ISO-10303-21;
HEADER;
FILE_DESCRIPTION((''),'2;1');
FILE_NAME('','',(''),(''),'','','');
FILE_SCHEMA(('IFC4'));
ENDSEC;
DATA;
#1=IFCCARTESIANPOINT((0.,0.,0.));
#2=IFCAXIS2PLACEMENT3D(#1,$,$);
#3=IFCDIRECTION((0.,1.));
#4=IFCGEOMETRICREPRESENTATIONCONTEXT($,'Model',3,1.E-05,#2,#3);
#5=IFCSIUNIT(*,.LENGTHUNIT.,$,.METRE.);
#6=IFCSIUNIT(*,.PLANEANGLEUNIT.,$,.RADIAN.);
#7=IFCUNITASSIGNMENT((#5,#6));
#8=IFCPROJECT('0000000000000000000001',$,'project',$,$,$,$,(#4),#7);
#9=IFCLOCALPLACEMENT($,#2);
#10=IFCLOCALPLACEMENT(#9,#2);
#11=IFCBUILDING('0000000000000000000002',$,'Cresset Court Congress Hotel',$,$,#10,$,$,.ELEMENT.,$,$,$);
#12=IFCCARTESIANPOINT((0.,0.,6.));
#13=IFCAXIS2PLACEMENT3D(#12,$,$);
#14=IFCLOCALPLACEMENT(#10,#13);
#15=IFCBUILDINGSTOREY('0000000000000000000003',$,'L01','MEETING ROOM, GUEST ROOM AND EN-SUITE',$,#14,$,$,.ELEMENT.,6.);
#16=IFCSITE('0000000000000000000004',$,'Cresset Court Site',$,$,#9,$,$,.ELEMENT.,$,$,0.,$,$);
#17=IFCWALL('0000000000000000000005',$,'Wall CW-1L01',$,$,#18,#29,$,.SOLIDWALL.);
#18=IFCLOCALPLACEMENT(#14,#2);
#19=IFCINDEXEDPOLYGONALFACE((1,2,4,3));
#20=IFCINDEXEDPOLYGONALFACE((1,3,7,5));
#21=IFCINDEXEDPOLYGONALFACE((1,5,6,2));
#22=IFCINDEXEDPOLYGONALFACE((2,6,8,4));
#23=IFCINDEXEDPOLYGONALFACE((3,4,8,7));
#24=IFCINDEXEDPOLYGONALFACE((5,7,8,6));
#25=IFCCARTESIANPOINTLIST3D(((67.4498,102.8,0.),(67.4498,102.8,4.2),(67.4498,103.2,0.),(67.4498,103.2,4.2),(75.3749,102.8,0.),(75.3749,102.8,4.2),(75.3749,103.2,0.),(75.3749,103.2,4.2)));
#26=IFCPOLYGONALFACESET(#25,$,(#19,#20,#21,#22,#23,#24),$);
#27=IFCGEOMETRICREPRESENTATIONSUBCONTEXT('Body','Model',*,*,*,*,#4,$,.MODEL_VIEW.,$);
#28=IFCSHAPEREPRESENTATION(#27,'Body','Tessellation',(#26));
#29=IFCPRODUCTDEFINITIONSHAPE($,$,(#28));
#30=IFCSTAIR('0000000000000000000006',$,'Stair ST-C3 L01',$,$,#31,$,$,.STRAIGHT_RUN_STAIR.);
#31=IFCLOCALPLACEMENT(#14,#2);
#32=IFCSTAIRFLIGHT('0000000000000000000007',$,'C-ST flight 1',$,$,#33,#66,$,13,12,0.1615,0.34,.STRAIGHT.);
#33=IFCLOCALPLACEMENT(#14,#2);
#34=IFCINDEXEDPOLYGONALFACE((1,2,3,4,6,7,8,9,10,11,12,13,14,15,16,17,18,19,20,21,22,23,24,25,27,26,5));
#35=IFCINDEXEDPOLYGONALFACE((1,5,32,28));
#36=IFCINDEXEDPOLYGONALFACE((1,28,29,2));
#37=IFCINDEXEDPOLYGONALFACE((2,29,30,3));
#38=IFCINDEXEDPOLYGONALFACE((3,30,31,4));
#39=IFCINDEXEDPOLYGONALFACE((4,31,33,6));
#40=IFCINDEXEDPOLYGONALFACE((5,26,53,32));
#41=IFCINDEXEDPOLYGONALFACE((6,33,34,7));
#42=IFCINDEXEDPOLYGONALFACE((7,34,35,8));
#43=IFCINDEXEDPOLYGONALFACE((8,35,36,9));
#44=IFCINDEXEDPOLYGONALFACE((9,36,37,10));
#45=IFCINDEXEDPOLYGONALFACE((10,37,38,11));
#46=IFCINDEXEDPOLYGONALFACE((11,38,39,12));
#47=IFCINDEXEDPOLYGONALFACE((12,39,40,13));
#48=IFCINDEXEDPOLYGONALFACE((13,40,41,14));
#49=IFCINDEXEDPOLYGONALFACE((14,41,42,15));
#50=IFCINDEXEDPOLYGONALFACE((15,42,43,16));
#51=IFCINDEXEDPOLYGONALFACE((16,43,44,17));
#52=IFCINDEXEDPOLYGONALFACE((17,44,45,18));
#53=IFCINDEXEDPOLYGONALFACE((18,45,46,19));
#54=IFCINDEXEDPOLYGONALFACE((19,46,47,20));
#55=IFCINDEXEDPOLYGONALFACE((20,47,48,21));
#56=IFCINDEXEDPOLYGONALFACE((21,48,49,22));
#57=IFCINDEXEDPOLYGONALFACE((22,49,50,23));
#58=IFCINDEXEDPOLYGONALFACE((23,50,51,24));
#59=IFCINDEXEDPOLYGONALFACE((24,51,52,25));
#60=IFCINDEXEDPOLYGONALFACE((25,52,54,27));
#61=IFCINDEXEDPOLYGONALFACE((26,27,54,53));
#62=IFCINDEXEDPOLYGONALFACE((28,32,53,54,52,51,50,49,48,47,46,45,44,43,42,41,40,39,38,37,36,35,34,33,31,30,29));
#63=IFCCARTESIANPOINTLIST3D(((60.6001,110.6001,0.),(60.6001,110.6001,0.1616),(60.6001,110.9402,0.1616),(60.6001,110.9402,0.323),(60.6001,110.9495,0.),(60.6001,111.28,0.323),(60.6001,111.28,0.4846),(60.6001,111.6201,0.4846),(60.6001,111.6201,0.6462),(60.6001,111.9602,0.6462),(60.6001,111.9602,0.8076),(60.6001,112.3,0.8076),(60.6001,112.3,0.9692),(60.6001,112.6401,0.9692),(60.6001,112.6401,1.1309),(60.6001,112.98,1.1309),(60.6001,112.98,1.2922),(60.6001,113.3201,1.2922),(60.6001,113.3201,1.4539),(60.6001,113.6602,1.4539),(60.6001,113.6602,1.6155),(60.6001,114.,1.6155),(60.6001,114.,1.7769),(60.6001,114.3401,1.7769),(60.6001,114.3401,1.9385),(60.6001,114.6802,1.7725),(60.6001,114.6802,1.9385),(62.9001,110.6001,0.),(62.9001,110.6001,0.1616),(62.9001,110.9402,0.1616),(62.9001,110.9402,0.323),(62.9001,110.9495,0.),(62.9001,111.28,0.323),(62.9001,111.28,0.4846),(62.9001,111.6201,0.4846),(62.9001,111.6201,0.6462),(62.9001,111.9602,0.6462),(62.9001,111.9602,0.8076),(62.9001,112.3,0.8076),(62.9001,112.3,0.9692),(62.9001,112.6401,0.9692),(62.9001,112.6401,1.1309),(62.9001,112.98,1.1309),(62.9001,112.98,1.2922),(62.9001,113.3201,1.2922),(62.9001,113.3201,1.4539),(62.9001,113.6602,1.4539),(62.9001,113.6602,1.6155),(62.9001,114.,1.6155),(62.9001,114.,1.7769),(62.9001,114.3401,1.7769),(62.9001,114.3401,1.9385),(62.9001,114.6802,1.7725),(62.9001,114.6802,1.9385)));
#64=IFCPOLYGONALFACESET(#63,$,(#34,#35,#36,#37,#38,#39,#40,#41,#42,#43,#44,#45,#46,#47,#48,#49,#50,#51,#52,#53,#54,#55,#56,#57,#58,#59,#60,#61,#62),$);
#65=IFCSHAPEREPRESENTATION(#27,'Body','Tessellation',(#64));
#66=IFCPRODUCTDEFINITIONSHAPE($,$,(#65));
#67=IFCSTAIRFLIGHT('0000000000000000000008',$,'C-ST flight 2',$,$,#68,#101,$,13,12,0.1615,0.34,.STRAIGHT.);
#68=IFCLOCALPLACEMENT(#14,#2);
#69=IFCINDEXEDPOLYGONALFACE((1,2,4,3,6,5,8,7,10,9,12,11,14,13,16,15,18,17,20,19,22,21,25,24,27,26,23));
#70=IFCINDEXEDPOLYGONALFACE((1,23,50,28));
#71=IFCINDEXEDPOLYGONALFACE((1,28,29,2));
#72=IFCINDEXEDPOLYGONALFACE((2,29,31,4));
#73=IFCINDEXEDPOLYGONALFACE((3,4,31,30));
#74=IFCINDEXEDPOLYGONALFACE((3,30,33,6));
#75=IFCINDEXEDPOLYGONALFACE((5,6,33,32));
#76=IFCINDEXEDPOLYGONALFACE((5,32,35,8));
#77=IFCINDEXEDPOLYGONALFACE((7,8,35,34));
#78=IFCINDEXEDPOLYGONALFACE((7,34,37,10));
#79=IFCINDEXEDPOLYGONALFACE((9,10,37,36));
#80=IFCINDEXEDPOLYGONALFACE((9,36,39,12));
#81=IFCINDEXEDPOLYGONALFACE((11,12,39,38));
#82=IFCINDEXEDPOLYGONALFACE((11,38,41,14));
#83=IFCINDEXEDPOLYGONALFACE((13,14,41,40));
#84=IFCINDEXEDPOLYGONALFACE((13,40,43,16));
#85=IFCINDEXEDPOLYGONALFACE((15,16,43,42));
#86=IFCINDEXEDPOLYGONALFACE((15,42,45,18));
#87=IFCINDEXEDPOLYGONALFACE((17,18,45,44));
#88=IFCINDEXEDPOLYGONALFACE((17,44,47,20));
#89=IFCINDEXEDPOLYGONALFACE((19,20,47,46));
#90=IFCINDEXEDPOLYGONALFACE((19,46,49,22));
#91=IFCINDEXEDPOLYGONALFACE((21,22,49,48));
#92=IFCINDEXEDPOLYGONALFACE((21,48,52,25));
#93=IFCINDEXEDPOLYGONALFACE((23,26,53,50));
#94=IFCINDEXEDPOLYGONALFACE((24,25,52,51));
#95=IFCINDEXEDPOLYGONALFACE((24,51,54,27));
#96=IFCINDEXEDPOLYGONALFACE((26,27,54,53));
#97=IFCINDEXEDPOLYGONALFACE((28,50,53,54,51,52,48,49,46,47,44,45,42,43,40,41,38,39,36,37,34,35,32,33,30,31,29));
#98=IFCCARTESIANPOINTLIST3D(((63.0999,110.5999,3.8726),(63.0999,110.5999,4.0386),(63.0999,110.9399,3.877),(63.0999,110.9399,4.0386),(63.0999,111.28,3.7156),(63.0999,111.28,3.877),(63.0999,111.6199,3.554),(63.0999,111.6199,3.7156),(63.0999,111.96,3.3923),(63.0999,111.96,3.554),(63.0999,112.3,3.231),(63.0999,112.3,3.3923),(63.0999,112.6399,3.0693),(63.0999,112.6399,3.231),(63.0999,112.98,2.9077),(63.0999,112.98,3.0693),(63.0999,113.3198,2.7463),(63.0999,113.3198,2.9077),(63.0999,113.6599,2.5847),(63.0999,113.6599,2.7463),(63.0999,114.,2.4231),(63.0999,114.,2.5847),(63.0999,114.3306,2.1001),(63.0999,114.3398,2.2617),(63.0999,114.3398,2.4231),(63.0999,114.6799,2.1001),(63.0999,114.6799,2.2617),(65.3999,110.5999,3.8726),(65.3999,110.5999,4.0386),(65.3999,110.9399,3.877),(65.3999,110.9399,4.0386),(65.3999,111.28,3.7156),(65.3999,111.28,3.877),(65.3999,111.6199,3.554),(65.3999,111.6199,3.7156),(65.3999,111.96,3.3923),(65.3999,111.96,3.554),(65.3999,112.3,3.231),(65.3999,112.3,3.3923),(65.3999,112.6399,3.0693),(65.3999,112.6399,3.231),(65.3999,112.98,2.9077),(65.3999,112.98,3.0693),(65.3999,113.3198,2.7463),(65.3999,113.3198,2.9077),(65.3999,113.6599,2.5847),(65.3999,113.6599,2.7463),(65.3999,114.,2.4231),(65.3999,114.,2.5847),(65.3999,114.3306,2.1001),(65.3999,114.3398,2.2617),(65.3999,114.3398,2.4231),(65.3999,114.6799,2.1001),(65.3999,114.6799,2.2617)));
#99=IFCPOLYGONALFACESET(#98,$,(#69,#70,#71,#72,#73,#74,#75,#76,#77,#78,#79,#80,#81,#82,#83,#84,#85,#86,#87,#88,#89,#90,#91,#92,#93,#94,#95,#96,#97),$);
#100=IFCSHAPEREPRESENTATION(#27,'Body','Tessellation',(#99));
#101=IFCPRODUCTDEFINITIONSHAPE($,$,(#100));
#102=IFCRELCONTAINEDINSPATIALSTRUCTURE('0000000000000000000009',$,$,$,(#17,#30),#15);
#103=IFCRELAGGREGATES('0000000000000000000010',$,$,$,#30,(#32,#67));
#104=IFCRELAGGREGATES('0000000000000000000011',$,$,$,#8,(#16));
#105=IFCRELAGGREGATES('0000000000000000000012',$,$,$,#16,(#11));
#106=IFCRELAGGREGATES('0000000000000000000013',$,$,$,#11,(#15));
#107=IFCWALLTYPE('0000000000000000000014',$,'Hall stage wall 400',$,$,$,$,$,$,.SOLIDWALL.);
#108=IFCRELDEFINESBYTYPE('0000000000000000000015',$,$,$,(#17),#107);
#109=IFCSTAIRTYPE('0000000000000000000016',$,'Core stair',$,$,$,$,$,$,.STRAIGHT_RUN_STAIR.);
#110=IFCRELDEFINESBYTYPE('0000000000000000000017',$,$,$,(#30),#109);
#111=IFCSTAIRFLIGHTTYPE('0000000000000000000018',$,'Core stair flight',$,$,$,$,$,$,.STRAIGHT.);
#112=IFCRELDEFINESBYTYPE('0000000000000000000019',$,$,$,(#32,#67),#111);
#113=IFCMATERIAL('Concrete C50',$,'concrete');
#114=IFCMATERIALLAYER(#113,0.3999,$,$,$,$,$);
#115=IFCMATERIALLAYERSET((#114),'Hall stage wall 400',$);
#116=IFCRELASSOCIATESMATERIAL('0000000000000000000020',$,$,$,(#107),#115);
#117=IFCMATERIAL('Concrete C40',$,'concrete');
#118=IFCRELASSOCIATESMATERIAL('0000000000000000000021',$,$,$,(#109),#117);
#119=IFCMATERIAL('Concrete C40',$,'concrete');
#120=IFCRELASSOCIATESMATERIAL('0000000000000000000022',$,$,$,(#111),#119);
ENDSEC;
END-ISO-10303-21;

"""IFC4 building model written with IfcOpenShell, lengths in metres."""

from ifc_helpers import new_model, si_unit, direction, frame, frame_2d, origin, place, context, subcontext, project, spatial, polyline, rectangle, outline, extrude, material, layer, layer_set, type_object, element, aggregate, save


model = new_model("IFC4")

# Units and contexts
model_context = context("Model", 3, precision=1e-05, world=origin(), true_north=direction((0.0, 1.0)))
body_context = subcontext(model_context, "Body", "Model", "MODEL_VIEW")
ifc_project = project(units=[si_unit("LENGTHUNIT", "METRE"), si_unit("PLANEANGLEUNIT", "RADIAN")], contexts=[model_context])

# Site, building, storey
site_placement = place(None, origin())
site = spatial("IfcSite", under=ifc_project, at=site_placement, Name="Cresset Court Site", CompositionType="ELEMENT", RefElevation=0.0)
building_placement = place(site_placement, origin())
building = spatial("IfcBuilding", under=site, at=building_placement, Name="Cresset Court Congress Hotel", CompositionType="ELEMENT")
storey_placement = place(building_placement, frame((0.0, 0.0, 6.0)))
storey = spatial("IfcBuildingStorey", under=building, at=storey_placement, Name="L01", Description="MEETING ROOM, GUEST ROOM AND EN-SUITE", CompositionType="ELEMENT", Elevation=6.0)

# Wall
ifc_material_1 = material(Name="Concrete C50", Category="concrete")
ifc_layer_1 = layer(ifc_material_1, 0.3999)
ifc_layer_set_1 = layer_set([ifc_layer_1], Name="Hall stage wall 400")
wall_type_1 = type_object("IfcWallType", Name="Hall stage wall 400", PredefinedType="SOLIDWALL", material=ifc_layer_set_1)
wall_1_placement = place(storey_placement, frame((67.45, 103.0, 0.0), z_axis=(0.0, 0.0, 1.0), x_axis=(1.0, 0.0, 0.0)))
element("IfcWall", 1, at=wall_1_placement, inside=storey, type_object=wall_type_1, Name="Wall CW-1L01", PredefinedType="SOLIDWALL", context=body_context, shape_type="SweptSolid", body=[
    extrude(rectangle(XDim=7.925, YDim=0.3999, at=frame_2d((3.9624, 0.0))), origin(), (0.0, 0.0, 1.0), 4.2),
])

# Stair, stair flights
ifc_material_2 = material(Name="Concrete C40", Category="concrete")
stair_type = type_object("IfcStairType", Name="Core stair", PredefinedType="STRAIGHT_RUN_STAIR", material=ifc_material_2)
stair_placement = place(storey_placement, origin())
stair = element("IfcStair", 2, at=stair_placement, inside=storey, type_object=stair_type, Name="Stair ST-C3 L01", PredefinedType="STRAIGHT_RUN_STAIR")
ifc_material_3 = material(Name="Concrete C40", Category="concrete")
stair_flight_type = type_object("IfcStairFlightType", Name="Core stair flight", PredefinedType="STRAIGHT", material=ifc_material_3)
stair_flight_1_placement = place(storey_placement, frame((61.75, 110.6001, 0.0), z_axis=(0.0, 0.0, 1.0), x_axis=(0.0, 1.0, 0.0)))
stair_flight_1 = element("IfcStairFlight", 3, at=stair_flight_1_placement, type_object=stair_flight_type, Name="C-ST flight 1", NumberOfRisers=13, NumberOfTreads=12, PredefinedType="STRAIGHT", RiserHeight=0.1615, TreadLength=0.34, context=body_context, shape_type="SweptSolid", body=[
    extrude(outline(polyline([(0.0, 0.0), (0.0, 0.1616), (0.3401, 0.1616), (0.3401, 0.323), (0.6799, 0.323), (0.6799, 0.4846), (1.02, 0.4846), (1.02, 0.6462), (1.3601, 0.6462), (1.3601, 0.8076), (1.7, 0.8076), (1.7, 0.9692), (2.04, 0.9692), (2.04, 1.1309), (2.3799, 1.1309), (2.3799, 1.2922), (2.72, 1.2922), (2.72, 1.4539), (3.0601, 1.4539), (3.0601, 1.6155), (3.3999, 1.6155), (3.3999, 1.7769), (3.74, 1.7769), (3.74, 1.9385), (4.0801, 1.9385), (4.0801, 2.1001), (4.0801, 1.7725), (0.3494, 0.0), (0.0, 0.0)])), frame((0.0, 1.1499, 0.0), z_axis=(0.0, -1.0, 0.0), x_axis=(1.0, 0.0, 0.0)), (0.0, 0.0, 1.0), 2.3),
])
stair_flight_2_placement = place(storey_placement, frame((64.25, 114.6799, 2.1001), z_axis=(0.0, 0.0, 1.0), x_axis=(0.0, -1.0, 0.0)))
stair_flight_2 = element("IfcStairFlight", 4, at=stair_flight_2_placement, type_object=stair_flight_type, Name="C-ST flight 2", NumberOfRisers=13, NumberOfTreads=12, PredefinedType="STRAIGHT", RiserHeight=0.1615, TreadLength=0.34, context=body_context, shape_type="SweptSolid", body=[
    extrude(outline(polyline([(0.0, 0.0), (0.0, 0.1616), (0.3401, 0.1616), (0.3401, 0.323), (0.6799, 0.323), (0.6799, 0.4846), (1.02, 0.4846), (1.02, 0.6462), (1.3601, 0.6462), (1.3601, 0.8076), (1.7, 0.8076), (1.7, 0.9692), (2.04, 0.9692), (2.04, 1.1309), (2.3799, 1.1309), (2.3799, 1.2922), (2.72, 1.2922), (2.72, 1.4539), (3.0601, 1.4539), (3.0601, 1.6155), (3.3999, 1.6155), (3.3999, 1.7769), (3.74, 1.7769), (3.74, 1.9385), (4.0801, 1.9385), (4.0801, 2.1001), (4.0801, 1.7725), (0.3494, 0.0), (0.0, 0.0)])), frame((0.0, 1.1499, 0.0), z_axis=(0.0, -1.0, 0.0), x_axis=(1.0, 0.0, 0.0)), (0.0, 0.0, 1.0), 2.3),
])
aggregate(stair, [stair_flight_1, stair_flight_2])

save(model, "model.ifc")
